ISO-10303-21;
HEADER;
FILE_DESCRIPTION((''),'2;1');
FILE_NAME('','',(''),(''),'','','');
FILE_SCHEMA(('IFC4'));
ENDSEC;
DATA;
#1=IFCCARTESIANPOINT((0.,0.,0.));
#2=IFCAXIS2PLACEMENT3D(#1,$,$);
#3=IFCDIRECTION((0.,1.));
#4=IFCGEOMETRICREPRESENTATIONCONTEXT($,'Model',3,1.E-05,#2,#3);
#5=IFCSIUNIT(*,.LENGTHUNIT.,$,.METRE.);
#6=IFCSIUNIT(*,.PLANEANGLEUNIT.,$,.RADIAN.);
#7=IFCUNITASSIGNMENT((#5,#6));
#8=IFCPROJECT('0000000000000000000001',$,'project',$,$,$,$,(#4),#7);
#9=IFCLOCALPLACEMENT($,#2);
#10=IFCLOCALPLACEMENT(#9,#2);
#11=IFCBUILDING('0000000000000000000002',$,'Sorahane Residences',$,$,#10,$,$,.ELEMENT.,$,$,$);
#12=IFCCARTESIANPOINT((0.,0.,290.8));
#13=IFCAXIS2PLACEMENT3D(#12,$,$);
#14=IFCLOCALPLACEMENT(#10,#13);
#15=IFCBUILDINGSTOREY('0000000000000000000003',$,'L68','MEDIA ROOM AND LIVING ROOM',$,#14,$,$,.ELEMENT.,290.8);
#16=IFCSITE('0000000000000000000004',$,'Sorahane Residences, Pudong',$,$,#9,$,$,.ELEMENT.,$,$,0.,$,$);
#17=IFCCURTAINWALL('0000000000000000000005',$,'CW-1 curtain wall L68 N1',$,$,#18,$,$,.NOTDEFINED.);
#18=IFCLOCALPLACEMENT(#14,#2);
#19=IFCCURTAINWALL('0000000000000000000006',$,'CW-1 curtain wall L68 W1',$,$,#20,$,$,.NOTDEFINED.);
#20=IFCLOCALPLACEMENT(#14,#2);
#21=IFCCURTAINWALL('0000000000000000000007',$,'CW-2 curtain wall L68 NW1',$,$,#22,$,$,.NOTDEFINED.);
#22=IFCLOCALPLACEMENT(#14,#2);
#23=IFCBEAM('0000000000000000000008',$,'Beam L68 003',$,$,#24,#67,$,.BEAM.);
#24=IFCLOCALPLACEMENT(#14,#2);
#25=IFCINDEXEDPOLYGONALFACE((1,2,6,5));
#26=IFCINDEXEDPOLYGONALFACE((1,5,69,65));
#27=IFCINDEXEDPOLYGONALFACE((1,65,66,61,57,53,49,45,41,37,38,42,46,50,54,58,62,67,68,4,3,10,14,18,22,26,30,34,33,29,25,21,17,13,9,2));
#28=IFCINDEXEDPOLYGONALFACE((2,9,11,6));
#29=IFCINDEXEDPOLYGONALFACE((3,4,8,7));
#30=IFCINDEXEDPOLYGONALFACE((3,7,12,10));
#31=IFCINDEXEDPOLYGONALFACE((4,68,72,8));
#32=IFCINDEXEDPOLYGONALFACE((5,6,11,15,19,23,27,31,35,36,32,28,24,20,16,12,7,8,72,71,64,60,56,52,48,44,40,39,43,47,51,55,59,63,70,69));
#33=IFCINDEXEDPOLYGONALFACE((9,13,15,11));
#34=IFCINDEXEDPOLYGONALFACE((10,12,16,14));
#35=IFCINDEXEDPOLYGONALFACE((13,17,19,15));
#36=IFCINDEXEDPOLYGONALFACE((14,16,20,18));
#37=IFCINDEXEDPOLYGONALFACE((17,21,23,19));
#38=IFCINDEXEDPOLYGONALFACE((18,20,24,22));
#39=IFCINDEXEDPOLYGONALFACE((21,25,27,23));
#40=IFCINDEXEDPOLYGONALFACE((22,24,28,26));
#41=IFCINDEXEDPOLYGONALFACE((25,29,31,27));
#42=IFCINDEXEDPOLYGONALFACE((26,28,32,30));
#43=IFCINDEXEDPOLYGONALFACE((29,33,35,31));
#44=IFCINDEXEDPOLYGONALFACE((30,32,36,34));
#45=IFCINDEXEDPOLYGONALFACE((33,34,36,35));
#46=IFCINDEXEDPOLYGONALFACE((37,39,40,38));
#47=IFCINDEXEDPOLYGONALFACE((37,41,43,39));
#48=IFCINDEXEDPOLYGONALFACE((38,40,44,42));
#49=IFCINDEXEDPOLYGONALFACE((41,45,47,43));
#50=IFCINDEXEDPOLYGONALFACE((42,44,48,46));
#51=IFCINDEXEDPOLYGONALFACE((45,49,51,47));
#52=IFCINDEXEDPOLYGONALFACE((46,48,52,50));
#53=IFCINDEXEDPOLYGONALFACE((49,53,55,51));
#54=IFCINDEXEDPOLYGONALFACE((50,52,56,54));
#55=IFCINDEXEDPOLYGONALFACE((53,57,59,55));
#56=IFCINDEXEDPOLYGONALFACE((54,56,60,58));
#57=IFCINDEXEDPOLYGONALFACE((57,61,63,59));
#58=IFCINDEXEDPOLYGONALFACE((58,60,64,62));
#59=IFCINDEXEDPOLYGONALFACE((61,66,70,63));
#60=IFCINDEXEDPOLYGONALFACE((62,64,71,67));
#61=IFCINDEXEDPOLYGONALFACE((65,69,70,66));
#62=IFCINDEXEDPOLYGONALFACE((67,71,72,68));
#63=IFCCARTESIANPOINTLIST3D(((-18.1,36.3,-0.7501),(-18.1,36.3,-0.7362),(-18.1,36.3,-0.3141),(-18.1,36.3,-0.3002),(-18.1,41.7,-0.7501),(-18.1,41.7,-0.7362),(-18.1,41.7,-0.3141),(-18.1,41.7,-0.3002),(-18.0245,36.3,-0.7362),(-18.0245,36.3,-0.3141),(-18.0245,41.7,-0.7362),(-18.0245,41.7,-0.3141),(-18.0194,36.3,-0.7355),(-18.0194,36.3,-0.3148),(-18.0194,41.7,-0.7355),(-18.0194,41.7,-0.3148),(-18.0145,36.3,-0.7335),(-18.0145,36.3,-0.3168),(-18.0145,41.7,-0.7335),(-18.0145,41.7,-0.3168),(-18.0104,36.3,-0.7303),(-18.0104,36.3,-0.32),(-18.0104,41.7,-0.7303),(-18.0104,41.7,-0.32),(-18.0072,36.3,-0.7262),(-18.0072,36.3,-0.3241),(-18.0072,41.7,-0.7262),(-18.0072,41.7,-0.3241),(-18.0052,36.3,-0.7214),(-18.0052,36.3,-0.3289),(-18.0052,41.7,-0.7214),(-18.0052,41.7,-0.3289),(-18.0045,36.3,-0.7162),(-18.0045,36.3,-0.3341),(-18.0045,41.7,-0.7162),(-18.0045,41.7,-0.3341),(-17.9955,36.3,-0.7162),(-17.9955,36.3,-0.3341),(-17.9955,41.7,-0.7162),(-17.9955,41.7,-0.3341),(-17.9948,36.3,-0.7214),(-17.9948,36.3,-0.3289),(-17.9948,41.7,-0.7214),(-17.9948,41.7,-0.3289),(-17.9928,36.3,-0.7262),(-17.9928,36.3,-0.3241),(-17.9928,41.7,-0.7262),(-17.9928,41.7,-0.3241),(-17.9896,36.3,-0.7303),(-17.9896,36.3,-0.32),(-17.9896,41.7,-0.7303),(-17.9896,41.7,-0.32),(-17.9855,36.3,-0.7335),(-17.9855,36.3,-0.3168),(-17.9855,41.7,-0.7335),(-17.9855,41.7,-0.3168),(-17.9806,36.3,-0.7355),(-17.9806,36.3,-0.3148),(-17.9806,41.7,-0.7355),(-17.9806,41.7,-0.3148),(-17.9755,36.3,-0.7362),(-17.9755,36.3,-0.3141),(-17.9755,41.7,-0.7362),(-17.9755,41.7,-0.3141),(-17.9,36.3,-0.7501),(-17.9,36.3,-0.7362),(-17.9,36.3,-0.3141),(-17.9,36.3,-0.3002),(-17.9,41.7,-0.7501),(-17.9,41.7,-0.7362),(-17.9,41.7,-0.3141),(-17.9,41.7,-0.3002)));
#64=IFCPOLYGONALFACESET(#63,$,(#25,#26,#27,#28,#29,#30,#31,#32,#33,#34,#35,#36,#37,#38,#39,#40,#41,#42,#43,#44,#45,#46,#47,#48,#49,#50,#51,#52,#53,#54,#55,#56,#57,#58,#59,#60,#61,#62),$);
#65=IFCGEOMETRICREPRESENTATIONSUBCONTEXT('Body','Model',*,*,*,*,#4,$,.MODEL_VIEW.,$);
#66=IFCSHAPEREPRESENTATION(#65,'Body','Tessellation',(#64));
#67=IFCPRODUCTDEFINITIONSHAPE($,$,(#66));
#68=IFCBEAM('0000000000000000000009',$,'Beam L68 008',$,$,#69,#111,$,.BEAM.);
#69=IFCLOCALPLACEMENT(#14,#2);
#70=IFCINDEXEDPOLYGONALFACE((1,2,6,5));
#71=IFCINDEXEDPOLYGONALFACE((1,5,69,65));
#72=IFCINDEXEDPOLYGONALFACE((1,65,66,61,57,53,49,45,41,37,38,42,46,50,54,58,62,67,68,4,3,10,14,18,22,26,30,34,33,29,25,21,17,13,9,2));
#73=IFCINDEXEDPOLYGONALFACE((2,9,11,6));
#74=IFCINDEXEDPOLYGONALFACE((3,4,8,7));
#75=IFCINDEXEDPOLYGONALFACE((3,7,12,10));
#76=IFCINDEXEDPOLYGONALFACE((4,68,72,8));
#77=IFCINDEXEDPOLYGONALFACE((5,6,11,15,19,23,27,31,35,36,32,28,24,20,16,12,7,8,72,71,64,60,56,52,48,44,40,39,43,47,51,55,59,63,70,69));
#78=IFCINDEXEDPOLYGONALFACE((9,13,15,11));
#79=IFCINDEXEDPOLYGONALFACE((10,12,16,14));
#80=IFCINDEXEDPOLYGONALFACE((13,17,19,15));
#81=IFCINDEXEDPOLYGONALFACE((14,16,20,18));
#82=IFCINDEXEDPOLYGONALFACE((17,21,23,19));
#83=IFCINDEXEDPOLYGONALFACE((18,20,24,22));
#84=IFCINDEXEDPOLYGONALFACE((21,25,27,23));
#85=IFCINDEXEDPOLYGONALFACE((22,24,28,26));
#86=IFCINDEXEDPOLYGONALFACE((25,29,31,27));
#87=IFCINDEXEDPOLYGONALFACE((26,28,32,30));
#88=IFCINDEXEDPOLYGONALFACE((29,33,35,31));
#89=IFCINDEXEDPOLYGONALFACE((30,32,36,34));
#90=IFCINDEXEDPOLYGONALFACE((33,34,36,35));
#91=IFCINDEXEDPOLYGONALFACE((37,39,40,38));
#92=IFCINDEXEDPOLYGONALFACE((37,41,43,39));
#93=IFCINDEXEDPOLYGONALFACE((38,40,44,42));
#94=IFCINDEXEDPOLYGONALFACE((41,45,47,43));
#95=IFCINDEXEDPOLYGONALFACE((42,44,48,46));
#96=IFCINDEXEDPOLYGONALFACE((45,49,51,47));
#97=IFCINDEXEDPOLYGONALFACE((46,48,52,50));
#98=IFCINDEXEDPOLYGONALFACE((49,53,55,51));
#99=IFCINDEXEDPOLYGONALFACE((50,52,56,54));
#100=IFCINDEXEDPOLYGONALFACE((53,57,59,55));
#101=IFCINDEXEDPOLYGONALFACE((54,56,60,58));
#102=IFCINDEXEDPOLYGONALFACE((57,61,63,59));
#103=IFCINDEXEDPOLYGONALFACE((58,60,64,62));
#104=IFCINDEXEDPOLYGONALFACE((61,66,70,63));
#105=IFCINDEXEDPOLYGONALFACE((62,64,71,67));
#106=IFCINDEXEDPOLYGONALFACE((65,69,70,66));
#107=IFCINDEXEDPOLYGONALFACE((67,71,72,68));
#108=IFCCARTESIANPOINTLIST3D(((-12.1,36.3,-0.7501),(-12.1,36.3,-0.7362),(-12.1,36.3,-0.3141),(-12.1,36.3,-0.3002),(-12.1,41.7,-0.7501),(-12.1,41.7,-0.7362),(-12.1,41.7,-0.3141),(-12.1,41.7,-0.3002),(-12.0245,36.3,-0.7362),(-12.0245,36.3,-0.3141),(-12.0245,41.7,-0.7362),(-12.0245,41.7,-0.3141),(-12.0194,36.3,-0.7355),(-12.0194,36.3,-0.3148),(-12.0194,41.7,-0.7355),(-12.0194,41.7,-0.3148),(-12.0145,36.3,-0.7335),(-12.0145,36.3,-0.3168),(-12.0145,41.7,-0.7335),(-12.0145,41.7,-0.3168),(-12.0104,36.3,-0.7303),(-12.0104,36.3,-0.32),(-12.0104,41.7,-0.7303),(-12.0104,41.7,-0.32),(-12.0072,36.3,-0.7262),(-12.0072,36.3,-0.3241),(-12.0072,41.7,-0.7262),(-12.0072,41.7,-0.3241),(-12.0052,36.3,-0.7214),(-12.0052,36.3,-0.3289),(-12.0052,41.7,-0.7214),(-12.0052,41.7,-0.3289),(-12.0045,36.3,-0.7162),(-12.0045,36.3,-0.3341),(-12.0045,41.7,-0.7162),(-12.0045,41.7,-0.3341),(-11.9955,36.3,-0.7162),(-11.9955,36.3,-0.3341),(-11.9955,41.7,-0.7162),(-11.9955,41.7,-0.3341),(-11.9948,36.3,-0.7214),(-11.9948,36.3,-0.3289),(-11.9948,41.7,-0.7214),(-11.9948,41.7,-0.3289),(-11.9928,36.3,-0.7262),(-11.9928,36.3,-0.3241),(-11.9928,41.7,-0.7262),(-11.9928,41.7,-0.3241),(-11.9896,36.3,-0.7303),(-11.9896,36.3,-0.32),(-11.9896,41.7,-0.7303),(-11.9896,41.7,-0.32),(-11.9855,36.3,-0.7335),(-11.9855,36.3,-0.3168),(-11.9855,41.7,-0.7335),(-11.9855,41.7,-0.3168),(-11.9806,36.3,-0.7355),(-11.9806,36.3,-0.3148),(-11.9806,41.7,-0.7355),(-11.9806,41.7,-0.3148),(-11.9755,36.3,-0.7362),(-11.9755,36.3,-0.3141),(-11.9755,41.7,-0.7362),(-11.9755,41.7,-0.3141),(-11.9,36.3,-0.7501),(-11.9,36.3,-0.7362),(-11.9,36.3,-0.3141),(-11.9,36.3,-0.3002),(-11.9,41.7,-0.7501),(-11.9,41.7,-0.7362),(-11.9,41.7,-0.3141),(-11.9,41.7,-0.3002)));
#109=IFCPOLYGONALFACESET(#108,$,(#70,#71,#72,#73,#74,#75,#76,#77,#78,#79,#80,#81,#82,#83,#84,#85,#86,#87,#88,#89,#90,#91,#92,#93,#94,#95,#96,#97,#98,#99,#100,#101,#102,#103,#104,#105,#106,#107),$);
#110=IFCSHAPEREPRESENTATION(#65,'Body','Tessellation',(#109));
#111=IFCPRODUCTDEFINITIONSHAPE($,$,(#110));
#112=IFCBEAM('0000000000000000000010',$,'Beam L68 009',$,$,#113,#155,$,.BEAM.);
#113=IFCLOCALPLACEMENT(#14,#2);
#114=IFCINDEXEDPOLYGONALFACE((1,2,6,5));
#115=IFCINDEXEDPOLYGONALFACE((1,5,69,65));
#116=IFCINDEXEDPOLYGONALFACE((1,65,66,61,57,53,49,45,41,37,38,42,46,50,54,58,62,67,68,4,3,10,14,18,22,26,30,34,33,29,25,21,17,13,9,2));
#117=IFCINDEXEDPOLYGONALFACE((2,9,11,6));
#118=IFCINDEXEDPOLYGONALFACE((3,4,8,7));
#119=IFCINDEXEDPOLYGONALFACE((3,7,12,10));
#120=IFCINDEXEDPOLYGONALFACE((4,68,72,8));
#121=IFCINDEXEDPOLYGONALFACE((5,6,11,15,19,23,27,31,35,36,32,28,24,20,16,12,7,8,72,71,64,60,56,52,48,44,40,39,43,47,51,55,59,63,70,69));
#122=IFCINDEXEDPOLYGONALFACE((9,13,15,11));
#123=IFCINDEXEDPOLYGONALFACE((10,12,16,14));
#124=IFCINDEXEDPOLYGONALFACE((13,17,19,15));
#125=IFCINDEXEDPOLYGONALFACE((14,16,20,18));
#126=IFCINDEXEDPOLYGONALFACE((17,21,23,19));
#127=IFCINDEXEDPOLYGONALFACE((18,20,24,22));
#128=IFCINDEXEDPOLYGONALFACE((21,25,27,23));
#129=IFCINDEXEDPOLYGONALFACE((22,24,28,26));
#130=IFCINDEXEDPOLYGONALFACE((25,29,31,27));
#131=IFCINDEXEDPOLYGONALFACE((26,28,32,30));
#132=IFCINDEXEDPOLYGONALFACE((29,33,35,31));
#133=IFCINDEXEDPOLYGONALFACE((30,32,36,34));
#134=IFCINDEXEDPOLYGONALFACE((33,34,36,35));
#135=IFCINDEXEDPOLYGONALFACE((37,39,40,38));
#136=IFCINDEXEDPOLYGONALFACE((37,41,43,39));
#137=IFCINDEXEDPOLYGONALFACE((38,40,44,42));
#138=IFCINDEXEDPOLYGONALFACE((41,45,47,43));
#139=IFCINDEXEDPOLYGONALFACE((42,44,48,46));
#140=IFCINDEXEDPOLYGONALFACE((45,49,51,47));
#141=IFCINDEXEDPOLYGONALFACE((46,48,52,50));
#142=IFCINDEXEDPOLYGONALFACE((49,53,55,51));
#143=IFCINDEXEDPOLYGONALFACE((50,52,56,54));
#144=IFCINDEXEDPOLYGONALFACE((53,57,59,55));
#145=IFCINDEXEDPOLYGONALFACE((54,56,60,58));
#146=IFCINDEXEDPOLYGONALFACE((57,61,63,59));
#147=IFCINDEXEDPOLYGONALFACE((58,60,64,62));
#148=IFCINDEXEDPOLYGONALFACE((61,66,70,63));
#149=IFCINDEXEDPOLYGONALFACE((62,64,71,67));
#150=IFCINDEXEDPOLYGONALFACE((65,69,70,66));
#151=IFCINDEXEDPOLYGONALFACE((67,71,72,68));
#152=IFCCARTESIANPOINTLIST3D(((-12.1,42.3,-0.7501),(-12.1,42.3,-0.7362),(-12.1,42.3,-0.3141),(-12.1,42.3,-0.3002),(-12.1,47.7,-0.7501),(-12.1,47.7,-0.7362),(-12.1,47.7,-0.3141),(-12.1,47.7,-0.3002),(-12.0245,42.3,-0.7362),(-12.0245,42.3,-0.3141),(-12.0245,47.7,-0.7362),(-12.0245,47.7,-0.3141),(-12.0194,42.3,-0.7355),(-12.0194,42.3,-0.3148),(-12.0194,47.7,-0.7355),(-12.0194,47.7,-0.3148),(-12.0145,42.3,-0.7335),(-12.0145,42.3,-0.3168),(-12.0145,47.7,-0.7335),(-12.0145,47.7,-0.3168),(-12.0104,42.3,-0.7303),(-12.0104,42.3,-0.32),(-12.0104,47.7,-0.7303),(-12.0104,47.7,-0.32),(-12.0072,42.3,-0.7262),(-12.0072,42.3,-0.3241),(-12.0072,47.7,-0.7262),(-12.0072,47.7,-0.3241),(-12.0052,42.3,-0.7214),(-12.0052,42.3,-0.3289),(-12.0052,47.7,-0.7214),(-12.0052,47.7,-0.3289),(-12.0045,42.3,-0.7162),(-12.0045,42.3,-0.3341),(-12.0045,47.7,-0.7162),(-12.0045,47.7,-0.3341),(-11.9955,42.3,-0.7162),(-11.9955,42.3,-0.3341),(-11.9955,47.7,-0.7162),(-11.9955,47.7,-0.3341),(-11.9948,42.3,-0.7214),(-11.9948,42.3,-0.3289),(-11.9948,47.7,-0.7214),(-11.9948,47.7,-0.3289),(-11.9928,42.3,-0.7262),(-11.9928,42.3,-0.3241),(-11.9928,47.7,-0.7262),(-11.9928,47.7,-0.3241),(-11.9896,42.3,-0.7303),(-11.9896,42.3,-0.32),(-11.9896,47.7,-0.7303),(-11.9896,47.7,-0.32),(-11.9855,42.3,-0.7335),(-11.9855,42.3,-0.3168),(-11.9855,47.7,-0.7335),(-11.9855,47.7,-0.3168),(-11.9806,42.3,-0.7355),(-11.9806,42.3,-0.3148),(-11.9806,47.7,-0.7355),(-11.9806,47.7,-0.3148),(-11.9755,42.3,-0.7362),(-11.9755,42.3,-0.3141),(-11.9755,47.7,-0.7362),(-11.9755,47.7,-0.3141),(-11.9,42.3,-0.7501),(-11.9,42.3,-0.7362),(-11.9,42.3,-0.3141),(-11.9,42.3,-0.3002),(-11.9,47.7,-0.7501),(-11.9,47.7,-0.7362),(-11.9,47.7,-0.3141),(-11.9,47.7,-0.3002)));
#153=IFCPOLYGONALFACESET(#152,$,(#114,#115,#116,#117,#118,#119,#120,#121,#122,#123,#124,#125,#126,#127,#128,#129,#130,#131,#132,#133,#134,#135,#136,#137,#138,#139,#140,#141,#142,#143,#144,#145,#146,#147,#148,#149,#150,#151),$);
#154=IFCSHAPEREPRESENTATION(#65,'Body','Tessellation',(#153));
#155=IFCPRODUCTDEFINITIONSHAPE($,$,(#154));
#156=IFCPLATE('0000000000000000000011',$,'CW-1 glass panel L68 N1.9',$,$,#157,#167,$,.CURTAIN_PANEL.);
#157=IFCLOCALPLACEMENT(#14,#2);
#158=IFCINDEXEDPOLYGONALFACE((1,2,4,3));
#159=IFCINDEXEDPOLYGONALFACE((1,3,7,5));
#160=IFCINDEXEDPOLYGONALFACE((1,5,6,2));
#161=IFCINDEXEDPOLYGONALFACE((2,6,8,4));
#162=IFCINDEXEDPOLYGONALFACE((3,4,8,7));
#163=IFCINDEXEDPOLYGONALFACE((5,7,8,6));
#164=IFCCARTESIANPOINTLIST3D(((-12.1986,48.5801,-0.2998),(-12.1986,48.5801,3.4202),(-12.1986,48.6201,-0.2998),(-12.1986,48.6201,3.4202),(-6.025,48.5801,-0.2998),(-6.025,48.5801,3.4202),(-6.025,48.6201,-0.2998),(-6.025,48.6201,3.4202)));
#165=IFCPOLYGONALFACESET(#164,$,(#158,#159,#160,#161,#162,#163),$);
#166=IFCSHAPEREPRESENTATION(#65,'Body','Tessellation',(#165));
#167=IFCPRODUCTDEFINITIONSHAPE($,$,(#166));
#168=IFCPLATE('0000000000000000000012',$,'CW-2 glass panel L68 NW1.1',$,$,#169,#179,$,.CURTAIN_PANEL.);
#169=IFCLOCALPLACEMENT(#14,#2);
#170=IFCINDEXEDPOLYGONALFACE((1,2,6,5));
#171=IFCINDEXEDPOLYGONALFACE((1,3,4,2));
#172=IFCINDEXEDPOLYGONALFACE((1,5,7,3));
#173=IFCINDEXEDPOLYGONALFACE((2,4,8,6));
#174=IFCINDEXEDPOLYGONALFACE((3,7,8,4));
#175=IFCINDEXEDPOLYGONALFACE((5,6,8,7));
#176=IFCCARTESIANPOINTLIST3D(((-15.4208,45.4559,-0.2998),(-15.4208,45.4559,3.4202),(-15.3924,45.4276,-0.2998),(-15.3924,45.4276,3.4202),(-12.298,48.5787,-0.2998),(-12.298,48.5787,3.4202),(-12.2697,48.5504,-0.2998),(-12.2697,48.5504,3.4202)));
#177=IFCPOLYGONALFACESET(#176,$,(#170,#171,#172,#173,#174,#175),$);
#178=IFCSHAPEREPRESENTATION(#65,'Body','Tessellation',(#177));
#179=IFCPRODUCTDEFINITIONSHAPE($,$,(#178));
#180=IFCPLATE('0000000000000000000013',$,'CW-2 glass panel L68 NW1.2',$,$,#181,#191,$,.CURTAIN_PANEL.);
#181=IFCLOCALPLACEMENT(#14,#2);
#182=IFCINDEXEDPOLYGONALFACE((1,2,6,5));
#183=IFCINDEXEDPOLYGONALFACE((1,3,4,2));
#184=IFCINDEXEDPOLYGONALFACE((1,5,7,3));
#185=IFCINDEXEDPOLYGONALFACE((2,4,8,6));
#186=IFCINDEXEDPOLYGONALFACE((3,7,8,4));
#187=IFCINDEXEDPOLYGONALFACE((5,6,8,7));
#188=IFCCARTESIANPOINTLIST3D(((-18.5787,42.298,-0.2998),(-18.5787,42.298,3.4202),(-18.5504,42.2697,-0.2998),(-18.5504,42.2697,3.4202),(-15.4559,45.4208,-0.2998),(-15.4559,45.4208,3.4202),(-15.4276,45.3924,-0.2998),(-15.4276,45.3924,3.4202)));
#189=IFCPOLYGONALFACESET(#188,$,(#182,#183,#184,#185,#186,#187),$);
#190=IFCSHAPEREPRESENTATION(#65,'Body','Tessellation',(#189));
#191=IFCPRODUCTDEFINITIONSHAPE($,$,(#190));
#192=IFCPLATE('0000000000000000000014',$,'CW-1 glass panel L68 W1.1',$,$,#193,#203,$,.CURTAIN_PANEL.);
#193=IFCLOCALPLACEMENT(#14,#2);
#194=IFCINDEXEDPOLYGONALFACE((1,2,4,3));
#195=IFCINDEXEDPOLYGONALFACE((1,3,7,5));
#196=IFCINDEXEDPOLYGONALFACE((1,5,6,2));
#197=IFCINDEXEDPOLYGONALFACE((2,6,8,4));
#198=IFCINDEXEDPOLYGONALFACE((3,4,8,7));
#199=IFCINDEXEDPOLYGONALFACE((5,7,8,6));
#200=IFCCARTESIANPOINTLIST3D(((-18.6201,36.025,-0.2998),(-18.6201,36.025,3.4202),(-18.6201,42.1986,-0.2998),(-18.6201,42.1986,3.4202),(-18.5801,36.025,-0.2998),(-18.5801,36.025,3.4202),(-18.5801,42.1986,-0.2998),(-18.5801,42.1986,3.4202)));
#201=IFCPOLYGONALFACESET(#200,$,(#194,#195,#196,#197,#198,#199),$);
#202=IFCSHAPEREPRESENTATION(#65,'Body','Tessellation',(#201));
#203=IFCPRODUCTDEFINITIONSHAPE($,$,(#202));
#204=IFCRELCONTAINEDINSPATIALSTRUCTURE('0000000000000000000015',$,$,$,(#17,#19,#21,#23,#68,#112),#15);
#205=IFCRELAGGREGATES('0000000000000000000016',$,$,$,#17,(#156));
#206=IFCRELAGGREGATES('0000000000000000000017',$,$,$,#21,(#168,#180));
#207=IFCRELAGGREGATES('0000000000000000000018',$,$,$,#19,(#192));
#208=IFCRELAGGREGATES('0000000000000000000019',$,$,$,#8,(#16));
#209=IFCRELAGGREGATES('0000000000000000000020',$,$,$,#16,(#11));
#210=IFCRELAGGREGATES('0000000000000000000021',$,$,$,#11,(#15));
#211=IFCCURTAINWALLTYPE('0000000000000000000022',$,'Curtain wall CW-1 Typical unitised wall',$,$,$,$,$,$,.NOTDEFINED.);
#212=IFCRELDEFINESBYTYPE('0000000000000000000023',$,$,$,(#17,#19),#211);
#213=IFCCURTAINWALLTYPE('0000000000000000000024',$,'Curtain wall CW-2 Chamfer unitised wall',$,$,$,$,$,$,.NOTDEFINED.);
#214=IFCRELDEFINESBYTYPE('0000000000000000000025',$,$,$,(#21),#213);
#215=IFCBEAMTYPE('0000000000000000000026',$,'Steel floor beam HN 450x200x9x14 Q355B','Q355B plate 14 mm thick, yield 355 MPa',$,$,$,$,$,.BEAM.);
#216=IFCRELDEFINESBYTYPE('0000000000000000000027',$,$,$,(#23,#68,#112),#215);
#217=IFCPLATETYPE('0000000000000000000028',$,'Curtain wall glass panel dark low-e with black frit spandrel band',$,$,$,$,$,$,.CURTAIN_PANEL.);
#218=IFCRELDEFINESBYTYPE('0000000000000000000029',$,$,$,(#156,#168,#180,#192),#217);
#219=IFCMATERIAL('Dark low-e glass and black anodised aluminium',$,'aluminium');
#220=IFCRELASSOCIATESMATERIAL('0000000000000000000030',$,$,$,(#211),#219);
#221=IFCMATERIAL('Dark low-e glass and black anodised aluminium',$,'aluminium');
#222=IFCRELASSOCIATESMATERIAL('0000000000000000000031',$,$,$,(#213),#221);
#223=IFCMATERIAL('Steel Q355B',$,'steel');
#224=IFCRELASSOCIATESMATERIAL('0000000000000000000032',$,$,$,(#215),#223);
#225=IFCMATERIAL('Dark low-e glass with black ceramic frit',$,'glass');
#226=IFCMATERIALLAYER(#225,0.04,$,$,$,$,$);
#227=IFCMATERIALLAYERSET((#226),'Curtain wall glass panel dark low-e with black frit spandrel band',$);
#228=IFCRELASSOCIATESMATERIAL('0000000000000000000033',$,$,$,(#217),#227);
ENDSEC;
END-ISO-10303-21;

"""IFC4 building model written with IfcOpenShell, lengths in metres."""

from ifc_helpers import new_model, si_unit, direction, frame, origin, origin_2d, place, context, subcontext, project, spatial, rectangle, i_section, extrude, material, layer, layer_set, material_profile, profile_set, type_object, element, aggregate, save


model = new_model("IFC4")

# Units and contexts
model_context = context("Model", 3, precision=1e-05, world=origin(), true_north=direction((0.0, 1.0)))
body_context = subcontext(model_context, "Body", "Model", "MODEL_VIEW")
ifc_project = project(units=[si_unit("LENGTHUNIT", "METRE"), si_unit("PLANEANGLEUNIT", "RADIAN")], contexts=[model_context])

# Site, building, storey
site_placement = place(None, origin())
site = spatial("IfcSite", under=ifc_project, at=site_placement, Name="Sorahane Residences, Pudong", CompositionType="ELEMENT", RefElevation=0.0)
building_placement = place(site_placement, origin())
building = spatial("IfcBuilding", under=site, at=building_placement, Name="Sorahane Residences", CompositionType="ELEMENT")
storey_placement = place(building_placement, frame((0.0, 0.0, 290.8)))
storey = spatial("IfcBuildingStorey", under=building, at=storey_placement, Name="L68", Description="MEDIA ROOM AND LIVING ROOM", CompositionType="ELEMENT", Elevation=290.8)

# Curtain walls
ifc_material_1 = material(Name="Dark low-e glass and black anodised aluminium", Category="aluminium")
curtain_wall_type_1 = type_object("IfcCurtainWallType", Name="Curtain wall CW-1 Typical unitised wall", PredefinedType="NOTDEFINED", material=ifc_material_1)
curtain_wall_1_placement = place(storey_placement, origin())
curtain_wall_1 = element("IfcCurtainWall", 1, at=curtain_wall_1_placement, inside=storey, type_object=curtain_wall_type_1, Name="CW-1 curtain wall L68 N1", PredefinedType="NOTDEFINED")
curtain_wall_2_placement = place(storey_placement, origin())
curtain_wall_2 = element("IfcCurtainWall", 2, at=curtain_wall_2_placement, inside=storey, type_object=curtain_wall_type_1, Name="CW-1 curtain wall L68 W1", PredefinedType="NOTDEFINED")

# Curtain wall
ifc_material_2 = material(Name="Dark low-e glass and black anodised aluminium", Category="aluminium")
curtain_wall_type_2 = type_object("IfcCurtainWallType", Name="Curtain wall CW-2 Chamfer unitised wall", PredefinedType="NOTDEFINED", material=ifc_material_2)
curtain_wall_3_placement = place(storey_placement, origin())
curtain_wall_3 = element("IfcCurtainWall", 3, at=curtain_wall_3_placement, inside=storey, type_object=curtain_wall_type_2, Name="CW-2 curtain wall L68 NW1", PredefinedType="NOTDEFINED")

# Beams
ifc_material_3 = material(Name="Steel Q355B", Category="steel")
ifc_material_profile_1 = material_profile(ifc_material_3, i_section(OverallWidth=0.2, OverallDepth=0.45, WebThickness=0.009, FlangeThickness=0.0139, FilletRadius=0.02, at=origin_2d()), Name="HN 450x200x9x14")
ifc_profile_set_1 = profile_set([ifc_material_profile_1], Name="Steel Q355B")
beam_type = type_object("IfcBeamType", Name="Steel floor beam HN 450x200x9x14 Q355B", Description="Q355B plate 14 mm thick, yield 355 MPa", PredefinedType="BEAM", material=ifc_profile_set_1)
for number, where, z_axis, x_axis, name in (
    (4, (-18.0, 36.3, -0.5251), (0.0, 1.0, 0.0), (-1.0, 0.0, 0.0), "Beam L68 003"),
    (5, (-12.0, 36.3, -0.5251), (0.0, 1.0, 0.0), (-1.0, 0.0, 0.0), "Beam L68 008"),
    (6, (-12.0, 42.3, -0.5251), (0.0, 1.0, 0.0), (-1.0, 0.0, 0.0), "Beam L68 009"),
):
    element("IfcBeam", number, at=place(storey_placement, frame(where, z_axis=z_axis, x_axis=x_axis)), inside=storey, type_object=beam_type, Name=name, PredefinedType="BEAM", context=body_context, shape_type="SweptSolid", body=[
        extrude(i_section(OverallWidth=0.2, OverallDepth=0.45, WebThickness=0.009, FlangeThickness=0.0139, FilletRadius=0.02, at=origin_2d()), origin(), (0.0, 0.0, 1.0), 5.3999),
    ])

# Plates
ifc_material_4 = material(Name="Dark low-e glass with black ceramic frit", Category="glass")
ifc_layer_1 = layer(ifc_material_4, 0.04)
ifc_layer_set_1 = layer_set([ifc_layer_1], Name="Curtain wall glass panel dark low-e with black frit spandrel band")
plate_type = type_object("IfcPlateType", Name="Curtain wall glass panel dark low-e with black frit spandrel band", PredefinedType="CURTAIN_PANEL", material=ifc_layer_set_1)
plate_1_placement = place(storey_placement, frame((-9.1118, 48.6001, -0.2998), z_axis=(0.0, 0.0, 1.0), x_axis=(-1.0, 0.0, 0.0)))
plate_1 = element("IfcPlate", 7, at=plate_1_placement, type_object=plate_type, Name="CW-1 glass panel L68 N1.9", PredefinedType="CURTAIN_PANEL", context=body_context, shape_type="SweptSolid", body=[
    extrude(rectangle(XDim=6.1736, YDim=0.04, at=origin_2d()), origin(), (0.0, 0.0, 1.0), 3.72),
])
aggregate(curtain_wall_1, [plate_1])
plate_2_placement = place(storey_placement, frame((-13.8452, 47.0032, -0.2998), z_axis=(0.0, 0.0, 1.0), x_axis=(-0.707107, -0.707107, 0.0)))
plate_2 = element("IfcPlate", 8, at=plate_2_placement, type_object=plate_type, Name="CW-2 glass panel L68 NW1.1", PredefinedType="CURTAIN_PANEL", context=body_context, shape_type="SweptSolid", body=[
    extrude(rectangle(XDim=4.4163, YDim=0.04, at=origin_2d()), origin(), (0.0, 0.0, 1.0), 3.72),
])
plate_3_placement = place(storey_placement, frame((-17.0032, 43.8452, -0.2998), z_axis=(0.0, 0.0, 1.0), x_axis=(-0.707107, -0.707107, 0.0)))
plate_3 = element("IfcPlate", 9, at=plate_3_placement, type_object=plate_type, Name="CW-2 glass panel L68 NW1.2", PredefinedType="CURTAIN_PANEL", context=body_context, shape_type="SweptSolid", body=[
    extrude(rectangle(XDim=4.4163, YDim=0.04, at=origin_2d()), origin(), (0.0, 0.0, 1.0), 3.72),
])
aggregate(curtain_wall_3, [plate_2, plate_3])
plate_4_placement = place(storey_placement, frame((-18.6001, 39.1118, -0.2998), z_axis=(0.0, 0.0, 1.0), x_axis=(0.0, -1.0, 0.0)))
plate_4 = element("IfcPlate", 10, at=plate_4_placement, type_object=plate_type, Name="CW-1 glass panel L68 W1.1", PredefinedType="CURTAIN_PANEL", context=body_context, shape_type="SweptSolid", body=[
    extrude(rectangle(XDim=6.1736, YDim=0.04, at=origin_2d()), origin(), (0.0, 0.0, 1.0), 3.72),
])
aggregate(curtain_wall_2, [plate_4])

save(model, "model.ifc")
